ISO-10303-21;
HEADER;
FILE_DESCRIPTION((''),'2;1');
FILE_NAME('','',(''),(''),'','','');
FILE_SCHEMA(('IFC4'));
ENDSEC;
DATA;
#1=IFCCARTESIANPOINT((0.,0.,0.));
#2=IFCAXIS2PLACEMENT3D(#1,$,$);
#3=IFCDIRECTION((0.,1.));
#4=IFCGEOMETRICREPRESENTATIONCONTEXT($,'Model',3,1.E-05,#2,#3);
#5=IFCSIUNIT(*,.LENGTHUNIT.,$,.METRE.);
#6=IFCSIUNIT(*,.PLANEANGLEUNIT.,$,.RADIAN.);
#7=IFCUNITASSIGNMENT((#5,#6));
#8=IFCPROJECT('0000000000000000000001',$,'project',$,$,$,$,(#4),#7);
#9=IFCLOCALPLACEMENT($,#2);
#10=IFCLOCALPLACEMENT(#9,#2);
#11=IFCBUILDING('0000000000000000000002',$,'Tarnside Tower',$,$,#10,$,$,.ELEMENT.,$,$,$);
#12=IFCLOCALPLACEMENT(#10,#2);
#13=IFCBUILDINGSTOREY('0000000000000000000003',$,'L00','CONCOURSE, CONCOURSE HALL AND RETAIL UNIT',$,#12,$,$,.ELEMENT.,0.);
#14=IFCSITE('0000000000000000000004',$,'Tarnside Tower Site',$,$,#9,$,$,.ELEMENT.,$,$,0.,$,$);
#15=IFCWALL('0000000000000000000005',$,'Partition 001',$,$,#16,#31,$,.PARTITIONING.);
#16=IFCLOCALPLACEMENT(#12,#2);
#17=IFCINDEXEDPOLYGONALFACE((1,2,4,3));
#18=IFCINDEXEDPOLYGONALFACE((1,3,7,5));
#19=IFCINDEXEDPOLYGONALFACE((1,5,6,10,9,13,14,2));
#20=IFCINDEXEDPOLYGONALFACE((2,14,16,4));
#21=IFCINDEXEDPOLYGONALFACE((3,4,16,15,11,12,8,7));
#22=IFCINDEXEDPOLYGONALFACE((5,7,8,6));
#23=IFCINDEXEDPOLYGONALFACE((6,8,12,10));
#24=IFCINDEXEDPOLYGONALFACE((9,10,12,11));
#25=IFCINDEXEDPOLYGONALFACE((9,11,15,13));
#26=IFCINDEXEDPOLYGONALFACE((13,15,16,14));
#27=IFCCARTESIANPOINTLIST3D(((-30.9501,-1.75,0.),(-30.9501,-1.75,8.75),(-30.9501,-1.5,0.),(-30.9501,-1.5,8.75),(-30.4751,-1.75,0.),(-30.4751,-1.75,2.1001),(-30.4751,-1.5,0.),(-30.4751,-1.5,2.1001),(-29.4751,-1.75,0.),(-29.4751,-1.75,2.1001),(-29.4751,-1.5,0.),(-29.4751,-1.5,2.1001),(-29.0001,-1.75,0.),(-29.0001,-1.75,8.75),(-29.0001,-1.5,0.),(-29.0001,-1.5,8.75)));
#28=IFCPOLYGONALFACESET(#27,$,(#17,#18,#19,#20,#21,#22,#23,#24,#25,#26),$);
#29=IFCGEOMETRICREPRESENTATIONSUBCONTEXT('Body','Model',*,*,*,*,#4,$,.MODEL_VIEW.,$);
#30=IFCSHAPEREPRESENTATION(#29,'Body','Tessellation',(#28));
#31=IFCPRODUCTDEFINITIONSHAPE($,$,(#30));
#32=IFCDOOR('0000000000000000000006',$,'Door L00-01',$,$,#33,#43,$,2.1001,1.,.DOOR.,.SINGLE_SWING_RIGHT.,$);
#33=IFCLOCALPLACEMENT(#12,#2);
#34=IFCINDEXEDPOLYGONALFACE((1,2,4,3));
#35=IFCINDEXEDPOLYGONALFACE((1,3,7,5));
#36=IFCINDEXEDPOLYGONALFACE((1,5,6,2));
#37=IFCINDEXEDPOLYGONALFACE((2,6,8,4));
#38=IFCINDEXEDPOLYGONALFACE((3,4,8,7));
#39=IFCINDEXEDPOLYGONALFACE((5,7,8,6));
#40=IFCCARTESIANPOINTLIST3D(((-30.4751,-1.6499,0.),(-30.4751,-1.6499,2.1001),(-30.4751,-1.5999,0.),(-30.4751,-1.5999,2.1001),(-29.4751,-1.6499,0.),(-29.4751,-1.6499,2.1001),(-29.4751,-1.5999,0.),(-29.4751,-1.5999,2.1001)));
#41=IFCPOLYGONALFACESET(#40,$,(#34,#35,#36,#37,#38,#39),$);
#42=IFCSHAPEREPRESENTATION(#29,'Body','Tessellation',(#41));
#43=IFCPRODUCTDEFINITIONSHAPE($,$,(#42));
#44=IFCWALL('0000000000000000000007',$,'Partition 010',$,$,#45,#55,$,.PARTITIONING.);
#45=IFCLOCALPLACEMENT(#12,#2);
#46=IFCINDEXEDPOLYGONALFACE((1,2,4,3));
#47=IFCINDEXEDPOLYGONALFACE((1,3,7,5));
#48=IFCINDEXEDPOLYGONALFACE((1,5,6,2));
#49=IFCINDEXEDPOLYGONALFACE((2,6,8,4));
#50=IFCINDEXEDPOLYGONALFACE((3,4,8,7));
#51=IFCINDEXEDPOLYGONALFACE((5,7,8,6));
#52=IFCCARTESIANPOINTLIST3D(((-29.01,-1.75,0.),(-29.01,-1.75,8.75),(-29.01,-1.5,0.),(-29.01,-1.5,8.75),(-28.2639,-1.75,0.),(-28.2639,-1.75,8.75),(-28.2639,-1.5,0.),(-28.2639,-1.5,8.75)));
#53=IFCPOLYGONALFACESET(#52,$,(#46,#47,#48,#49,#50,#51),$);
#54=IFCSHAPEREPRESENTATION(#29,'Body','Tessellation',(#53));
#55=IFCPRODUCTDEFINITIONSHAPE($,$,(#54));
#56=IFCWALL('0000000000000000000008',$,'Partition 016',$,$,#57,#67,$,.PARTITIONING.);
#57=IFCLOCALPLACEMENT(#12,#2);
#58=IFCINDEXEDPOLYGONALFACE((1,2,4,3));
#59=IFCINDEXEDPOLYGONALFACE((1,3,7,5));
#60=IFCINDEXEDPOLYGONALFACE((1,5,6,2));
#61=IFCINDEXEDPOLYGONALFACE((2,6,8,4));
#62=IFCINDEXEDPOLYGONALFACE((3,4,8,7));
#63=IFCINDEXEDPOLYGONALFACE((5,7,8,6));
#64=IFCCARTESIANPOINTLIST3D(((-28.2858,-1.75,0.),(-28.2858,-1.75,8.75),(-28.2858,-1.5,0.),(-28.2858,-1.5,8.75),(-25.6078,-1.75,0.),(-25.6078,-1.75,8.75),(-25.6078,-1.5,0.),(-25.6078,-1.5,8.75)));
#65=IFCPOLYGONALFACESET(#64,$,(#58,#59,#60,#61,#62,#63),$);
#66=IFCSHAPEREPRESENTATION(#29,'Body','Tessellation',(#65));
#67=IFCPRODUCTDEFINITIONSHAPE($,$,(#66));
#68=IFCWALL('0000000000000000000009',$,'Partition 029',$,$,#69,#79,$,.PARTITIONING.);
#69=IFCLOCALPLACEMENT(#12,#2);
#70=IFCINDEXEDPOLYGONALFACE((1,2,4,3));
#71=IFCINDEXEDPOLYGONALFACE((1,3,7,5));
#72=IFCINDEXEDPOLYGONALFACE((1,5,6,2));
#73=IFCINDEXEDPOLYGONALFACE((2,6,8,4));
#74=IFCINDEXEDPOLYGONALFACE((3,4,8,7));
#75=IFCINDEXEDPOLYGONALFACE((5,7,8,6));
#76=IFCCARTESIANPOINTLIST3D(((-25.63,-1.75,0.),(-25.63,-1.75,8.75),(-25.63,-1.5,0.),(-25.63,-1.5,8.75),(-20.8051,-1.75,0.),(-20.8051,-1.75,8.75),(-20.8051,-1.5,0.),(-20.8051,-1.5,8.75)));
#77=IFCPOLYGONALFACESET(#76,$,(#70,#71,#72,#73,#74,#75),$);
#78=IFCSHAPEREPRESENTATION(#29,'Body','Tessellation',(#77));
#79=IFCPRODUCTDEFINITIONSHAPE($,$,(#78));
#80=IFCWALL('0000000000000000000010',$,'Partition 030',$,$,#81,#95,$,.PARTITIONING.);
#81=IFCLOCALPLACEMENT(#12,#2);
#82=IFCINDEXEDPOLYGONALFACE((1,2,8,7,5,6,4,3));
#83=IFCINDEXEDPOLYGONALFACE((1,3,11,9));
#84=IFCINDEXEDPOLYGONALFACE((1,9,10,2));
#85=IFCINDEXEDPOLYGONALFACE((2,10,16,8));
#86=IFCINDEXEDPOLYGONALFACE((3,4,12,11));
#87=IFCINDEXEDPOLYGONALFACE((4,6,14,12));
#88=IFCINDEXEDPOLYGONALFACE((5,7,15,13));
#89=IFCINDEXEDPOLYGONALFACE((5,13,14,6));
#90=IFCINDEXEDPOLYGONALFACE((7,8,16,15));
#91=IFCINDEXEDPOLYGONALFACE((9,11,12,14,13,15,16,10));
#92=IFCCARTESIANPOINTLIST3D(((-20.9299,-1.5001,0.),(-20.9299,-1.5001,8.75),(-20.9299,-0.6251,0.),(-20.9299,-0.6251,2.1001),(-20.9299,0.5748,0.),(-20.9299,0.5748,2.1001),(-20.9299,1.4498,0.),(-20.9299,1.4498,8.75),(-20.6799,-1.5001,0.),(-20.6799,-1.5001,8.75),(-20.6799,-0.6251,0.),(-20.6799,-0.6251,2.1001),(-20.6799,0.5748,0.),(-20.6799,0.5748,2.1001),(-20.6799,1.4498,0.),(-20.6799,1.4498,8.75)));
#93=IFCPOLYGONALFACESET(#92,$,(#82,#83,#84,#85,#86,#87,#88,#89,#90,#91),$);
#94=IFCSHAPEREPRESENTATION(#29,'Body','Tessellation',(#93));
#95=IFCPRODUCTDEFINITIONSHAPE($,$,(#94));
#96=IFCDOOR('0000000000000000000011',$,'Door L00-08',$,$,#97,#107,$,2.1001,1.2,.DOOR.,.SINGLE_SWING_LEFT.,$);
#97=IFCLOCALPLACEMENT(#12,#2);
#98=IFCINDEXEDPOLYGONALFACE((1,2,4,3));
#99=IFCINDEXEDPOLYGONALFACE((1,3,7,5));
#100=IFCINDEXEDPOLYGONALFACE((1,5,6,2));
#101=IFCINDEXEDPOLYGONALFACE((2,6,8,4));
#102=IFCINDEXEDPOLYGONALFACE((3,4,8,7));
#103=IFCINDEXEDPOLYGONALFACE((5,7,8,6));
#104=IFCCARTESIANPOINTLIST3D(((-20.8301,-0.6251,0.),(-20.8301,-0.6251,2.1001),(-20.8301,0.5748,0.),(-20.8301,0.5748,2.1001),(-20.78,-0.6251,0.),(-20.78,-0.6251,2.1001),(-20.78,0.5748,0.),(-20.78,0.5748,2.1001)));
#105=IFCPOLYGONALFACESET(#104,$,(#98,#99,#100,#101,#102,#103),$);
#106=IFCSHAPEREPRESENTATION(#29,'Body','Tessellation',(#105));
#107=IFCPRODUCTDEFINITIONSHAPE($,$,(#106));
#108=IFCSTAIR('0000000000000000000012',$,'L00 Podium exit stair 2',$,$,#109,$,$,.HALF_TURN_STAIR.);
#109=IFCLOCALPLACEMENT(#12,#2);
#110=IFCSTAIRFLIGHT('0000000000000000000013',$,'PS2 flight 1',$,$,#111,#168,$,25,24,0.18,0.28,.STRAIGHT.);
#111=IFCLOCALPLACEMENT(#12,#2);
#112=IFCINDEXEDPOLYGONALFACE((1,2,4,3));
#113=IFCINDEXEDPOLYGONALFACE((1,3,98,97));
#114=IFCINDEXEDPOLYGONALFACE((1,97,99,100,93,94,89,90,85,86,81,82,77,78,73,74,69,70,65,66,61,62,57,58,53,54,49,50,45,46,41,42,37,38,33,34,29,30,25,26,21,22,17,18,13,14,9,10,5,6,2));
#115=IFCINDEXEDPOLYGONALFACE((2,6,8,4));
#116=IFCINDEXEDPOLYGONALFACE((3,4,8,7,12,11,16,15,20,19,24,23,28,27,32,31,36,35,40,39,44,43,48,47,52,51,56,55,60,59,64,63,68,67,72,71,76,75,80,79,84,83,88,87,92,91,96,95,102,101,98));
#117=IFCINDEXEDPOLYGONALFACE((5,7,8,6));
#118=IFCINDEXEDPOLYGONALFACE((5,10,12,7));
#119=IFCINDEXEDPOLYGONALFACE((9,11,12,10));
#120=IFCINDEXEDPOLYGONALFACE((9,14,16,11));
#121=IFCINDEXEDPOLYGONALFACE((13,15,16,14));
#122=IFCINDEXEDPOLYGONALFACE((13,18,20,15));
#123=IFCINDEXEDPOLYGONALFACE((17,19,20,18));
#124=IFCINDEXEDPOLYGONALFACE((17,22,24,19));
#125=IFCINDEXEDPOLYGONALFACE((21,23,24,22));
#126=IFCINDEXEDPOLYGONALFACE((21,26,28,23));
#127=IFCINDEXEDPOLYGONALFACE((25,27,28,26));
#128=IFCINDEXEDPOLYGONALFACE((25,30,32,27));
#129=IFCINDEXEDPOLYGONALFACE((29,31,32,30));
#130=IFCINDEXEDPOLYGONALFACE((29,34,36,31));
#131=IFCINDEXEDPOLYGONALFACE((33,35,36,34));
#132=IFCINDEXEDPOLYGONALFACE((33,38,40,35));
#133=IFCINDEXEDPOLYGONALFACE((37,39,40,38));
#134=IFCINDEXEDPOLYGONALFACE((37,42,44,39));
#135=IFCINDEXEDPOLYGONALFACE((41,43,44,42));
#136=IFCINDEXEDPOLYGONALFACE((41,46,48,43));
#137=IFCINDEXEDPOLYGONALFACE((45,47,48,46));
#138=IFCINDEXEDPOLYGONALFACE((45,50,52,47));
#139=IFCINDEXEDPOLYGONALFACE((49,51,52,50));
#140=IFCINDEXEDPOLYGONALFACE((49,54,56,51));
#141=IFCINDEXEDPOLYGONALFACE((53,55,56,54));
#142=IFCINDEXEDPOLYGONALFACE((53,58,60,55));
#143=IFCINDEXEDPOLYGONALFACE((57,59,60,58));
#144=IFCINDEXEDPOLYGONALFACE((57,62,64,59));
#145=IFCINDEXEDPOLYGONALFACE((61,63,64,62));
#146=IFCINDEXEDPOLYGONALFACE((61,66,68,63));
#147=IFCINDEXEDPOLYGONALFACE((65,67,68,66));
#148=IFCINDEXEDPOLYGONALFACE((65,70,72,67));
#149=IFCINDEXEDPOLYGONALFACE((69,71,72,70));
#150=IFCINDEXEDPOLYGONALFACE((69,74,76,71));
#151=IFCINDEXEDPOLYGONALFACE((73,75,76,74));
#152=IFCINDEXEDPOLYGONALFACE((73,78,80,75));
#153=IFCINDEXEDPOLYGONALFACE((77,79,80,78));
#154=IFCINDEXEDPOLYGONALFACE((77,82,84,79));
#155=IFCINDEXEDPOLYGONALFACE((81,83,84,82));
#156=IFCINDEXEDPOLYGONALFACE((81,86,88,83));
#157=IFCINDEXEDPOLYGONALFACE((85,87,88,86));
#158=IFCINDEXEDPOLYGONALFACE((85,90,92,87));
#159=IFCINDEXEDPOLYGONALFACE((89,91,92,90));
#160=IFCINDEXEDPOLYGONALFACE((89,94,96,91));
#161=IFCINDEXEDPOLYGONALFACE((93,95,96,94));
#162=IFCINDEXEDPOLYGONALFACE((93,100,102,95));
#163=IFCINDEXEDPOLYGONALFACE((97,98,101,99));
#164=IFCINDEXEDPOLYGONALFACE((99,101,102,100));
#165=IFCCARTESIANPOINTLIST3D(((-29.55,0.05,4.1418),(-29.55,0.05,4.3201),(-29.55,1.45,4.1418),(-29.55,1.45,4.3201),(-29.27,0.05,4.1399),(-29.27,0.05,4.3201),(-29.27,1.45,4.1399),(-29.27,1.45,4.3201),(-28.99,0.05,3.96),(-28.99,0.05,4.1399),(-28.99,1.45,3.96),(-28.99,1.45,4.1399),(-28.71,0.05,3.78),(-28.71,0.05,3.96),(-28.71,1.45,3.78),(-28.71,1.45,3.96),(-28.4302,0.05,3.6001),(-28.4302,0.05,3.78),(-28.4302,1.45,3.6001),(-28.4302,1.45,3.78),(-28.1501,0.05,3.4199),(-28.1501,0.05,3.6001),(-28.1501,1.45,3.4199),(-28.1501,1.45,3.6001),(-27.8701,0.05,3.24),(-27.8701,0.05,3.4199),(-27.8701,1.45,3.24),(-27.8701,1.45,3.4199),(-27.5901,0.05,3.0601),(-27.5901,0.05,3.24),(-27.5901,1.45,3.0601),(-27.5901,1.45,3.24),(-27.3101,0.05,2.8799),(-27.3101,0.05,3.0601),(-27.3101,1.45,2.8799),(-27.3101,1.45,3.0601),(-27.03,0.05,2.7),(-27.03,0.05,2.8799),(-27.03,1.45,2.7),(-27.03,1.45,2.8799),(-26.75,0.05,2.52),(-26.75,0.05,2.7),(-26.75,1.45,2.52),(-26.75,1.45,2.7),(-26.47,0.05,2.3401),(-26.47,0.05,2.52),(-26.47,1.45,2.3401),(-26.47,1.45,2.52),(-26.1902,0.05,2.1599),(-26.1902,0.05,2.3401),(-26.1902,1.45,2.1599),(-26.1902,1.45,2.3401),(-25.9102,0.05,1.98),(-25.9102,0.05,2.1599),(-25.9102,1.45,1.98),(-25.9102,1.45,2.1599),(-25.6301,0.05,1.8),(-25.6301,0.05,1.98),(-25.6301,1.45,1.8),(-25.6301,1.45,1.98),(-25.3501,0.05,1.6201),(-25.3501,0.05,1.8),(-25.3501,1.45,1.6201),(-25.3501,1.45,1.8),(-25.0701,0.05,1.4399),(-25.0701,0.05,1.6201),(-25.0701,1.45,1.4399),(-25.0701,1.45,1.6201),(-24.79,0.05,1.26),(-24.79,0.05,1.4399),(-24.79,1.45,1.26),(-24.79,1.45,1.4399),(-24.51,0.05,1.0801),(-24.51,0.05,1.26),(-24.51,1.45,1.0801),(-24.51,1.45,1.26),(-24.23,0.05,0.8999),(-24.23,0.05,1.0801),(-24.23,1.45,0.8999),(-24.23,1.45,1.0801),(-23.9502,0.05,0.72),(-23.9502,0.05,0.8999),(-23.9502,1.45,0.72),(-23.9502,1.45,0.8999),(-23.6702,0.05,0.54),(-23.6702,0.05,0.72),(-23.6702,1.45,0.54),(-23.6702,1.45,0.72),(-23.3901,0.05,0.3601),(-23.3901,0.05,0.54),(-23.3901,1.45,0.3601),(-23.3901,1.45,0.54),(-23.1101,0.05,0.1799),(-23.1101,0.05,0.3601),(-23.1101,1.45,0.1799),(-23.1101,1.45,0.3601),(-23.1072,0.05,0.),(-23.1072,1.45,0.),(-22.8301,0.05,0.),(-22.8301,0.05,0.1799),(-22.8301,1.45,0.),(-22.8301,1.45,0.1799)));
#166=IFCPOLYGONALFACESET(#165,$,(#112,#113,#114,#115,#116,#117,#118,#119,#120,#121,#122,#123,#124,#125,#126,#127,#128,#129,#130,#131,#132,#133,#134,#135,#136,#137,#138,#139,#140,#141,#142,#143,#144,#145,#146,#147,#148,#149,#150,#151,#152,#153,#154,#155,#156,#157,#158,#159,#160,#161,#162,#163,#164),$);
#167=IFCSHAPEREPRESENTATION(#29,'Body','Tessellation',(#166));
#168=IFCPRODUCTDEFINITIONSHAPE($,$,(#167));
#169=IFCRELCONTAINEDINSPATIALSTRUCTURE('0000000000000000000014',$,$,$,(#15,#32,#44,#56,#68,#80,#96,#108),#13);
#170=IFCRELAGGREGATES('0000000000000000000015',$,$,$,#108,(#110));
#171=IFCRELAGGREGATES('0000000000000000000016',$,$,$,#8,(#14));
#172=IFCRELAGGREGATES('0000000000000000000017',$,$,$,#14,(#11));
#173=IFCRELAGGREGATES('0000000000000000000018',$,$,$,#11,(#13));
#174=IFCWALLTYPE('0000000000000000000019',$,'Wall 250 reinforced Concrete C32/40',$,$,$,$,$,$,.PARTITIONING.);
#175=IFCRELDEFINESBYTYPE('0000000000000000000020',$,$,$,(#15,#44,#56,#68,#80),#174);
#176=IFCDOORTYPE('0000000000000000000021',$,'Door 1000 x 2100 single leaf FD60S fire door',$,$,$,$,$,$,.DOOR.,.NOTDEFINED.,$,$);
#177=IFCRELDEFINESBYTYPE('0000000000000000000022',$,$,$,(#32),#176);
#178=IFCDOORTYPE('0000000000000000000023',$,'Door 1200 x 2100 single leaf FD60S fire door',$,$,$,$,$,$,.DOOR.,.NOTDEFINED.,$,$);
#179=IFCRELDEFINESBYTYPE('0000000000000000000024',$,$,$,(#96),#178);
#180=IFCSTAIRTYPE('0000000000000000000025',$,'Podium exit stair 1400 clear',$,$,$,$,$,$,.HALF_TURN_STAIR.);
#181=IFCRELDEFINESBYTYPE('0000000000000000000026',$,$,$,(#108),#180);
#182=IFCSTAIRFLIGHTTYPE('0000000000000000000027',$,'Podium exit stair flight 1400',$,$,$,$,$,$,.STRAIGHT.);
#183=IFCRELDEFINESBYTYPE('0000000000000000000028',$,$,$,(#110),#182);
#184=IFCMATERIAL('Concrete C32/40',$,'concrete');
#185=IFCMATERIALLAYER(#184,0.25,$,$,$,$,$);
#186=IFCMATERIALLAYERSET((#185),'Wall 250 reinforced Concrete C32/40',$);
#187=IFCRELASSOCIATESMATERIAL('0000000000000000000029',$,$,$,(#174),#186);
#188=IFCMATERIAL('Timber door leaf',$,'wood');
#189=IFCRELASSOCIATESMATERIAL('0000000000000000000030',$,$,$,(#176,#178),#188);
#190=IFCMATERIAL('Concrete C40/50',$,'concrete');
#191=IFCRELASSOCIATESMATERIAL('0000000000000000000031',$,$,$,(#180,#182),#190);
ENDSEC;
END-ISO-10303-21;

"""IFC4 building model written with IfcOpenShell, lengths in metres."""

from ifc_helpers import new_model, si_unit, direction, frame, frame_2d, origin, place, context, subcontext, project, spatial, polyline, rectangle, outline, extrude, material, layer, layer_set, type_object, element, fill, aggregate, save


model = new_model("IFC4")

# Units and contexts
model_context = context("Model", 3, precision=1e-05, world=origin(), true_north=direction((0.0, 1.0)))
body_context = subcontext(model_context, "Body", "Model", "MODEL_VIEW")
ifc_project = project(units=[si_unit("LENGTHUNIT", "METRE"), si_unit("PLANEANGLEUNIT", "RADIAN")], contexts=[model_context])

# Site, building, storey
site_placement = place(None, origin())
site = spatial("IfcSite", under=ifc_project, at=site_placement, Name="Tarnside Tower Site", CompositionType="ELEMENT", RefElevation=0.0)
building_placement = place(site_placement, origin())
building = spatial("IfcBuilding", under=site, at=building_placement, Name="Tarnside Tower", CompositionType="ELEMENT")
storey_placement = place(building_placement, origin())
storey = spatial("IfcBuildingStorey", under=building, at=storey_placement, Name="L00", Description="CONCOURSE, CONCOURSE HALL AND RETAIL UNIT", CompositionType="ELEMENT", Elevation=0.0)

# Shared definitions
ifc_material_1 = material(Name="Timber door leaf", Category="wood")

# Wall, opening, door
ifc_material_2 = material(Name="Concrete C32/40", Category="concrete")
ifc_layer_1 = layer(ifc_material_2, 0.25)
ifc_layer_set_1 = layer_set([ifc_layer_1], Name="Wall 250 reinforced Concrete C32/40")
wall_type_1 = type_object("IfcWallType", Name="Wall 250 reinforced Concrete C32/40", PredefinedType="PARTITIONING", material=ifc_layer_set_1)
wall_1_placement = place(storey_placement, frame((-29.0, -1.625, 0.0), z_axis=(0.0, 0.0, 1.0), x_axis=(-1.0, 0.0, 0.0)))
wall_1 = element("IfcWall", 1, at=wall_1_placement, inside=storey, type_object=wall_type_1, Name="Partition 001", PredefinedType="PARTITIONING", context=body_context, shape_type="SweptSolid", body=[
    extrude(rectangle(XDim=1.95, YDim=0.25, at=frame_2d((0.9751, 0.0))), origin(), (0.0, 0.0, 1.0), 8.75),
])
opening_1_placement = place(wall_1_placement, frame((0.4751, 0.0, 0.0)))
opening_1 = element("IfcOpeningElement", 2, at=opening_1_placement, cuts=wall_1, PredefinedType="OPENING", context=body_context, shape_type="SweptSolid", body=[
    extrude(rectangle(XDim=1.0, YDim=2.1001, at=frame_2d((0.5, 1.05))), frame((0.0, 0.135, 0.0), z_axis=(0.0, -1.0, 0.0), x_axis=(1.0, 0.0, 0.0)), (0.0, 0.0, 1.0), 0.27),
])
door_type_1 = type_object("IfcDoorType", Name="Door 1000 x 2100 single leaf FD60S fire door", OperationType="NOTDEFINED", PredefinedType="DOOR", material=ifc_material_1)
door_1_placement = place(opening_1_placement, origin())
door_1 = element("IfcDoor", 3, at=door_1_placement, inside=storey, type_object=door_type_1, Name="Door L00-01", OperationType="SINGLE_SWING_RIGHT", OverallHeight=2.1001, OverallWidth=1.0, PredefinedType="DOOR", context=body_context, shape_type="SweptSolid", body=[
    extrude(rectangle(XDim=1.0, YDim=2.1001, at=frame_2d((0.5, 1.05))), frame((0.0, 0.0249, 0.0), z_axis=(0.0, -1.0, 0.0), x_axis=(1.0, 0.0, 0.0)), (0.0, 0.0, 1.0), 0.05),
])
fill(opening_1, door_1)

# Walls
wall_2_placement = place(storey_placement, frame((-28.2639, -1.625, 0.0), z_axis=(0.0, 0.0, 1.0), x_axis=(-1.0, 0.0, 0.0)))
element("IfcWall", 4, at=wall_2_placement, inside=storey, type_object=wall_type_1, Name="Partition 010", PredefinedType="PARTITIONING", context=body_context, shape_type="SweptSolid", body=[
    extrude(rectangle(XDim=0.7461, YDim=0.25, at=frame_2d((0.373, 0.0))), origin(), (0.0, 0.0, 1.0), 8.75),
])
wall_3_placement = place(storey_placement, frame((-25.6079, -1.625, 0.0), z_axis=(0.0, 0.0, 1.0), x_axis=(-1.0, 0.0, 0.0)))
element("IfcWall", 5, at=wall_3_placement, inside=storey, type_object=wall_type_1, Name="Partition 016", PredefinedType="PARTITIONING", context=body_context, shape_type="SweptSolid", body=[
    extrude(rectangle(XDim=2.678, YDim=0.25, at=frame_2d((1.3389, 0.0))), origin(), (0.0, 0.0, 1.0), 8.75),
])
wall_4_placement = place(storey_placement, frame((-20.8049, -1.625, 0.0), z_axis=(0.0, 0.0, 1.0), x_axis=(-1.0, 0.0, 0.0)))
element("IfcWall", 6, at=wall_4_placement, inside=storey, type_object=wall_type_1, Name="Partition 029", PredefinedType="PARTITIONING", context=body_context, shape_type="SweptSolid", body=[
    extrude(rectangle(XDim=4.825, YDim=0.25, at=frame_2d((2.4126, 0.0))), origin(), (0.0, 0.0, 1.0), 8.75),
])

# Wall, opening, door
wall_5_placement = place(storey_placement, frame((-20.8049, 1.45, 0.0), z_axis=(0.0, 0.0, 1.0), x_axis=(0.0, -1.0, 0.0)))
wall_5 = element("IfcWall", 7, at=wall_5_placement, inside=storey, type_object=wall_type_1, Name="Partition 030", PredefinedType="PARTITIONING", context=body_context, shape_type="SweptSolid", body=[
    extrude(rectangle(XDim=2.95, YDim=0.25, at=frame_2d((1.4751, 0.0))), origin(), (0.0, 0.0, 1.0), 8.75),
])
opening_2_placement = place(wall_5_placement, frame((0.875, 0.0, 0.0)))
opening_2 = element("IfcOpeningElement", 8, at=opening_2_placement, cuts=wall_5, PredefinedType="OPENING", context=body_context, shape_type="SweptSolid", body=[
    extrude(rectangle(XDim=1.2, YDim=2.1001, at=frame_2d((0.6001, 1.05))), frame((0.0, 0.135, 0.0), z_axis=(0.0, -1.0, 0.0), x_axis=(1.0, 0.0, 0.0)), (0.0, 0.0, 1.0), 0.27),
])
door_type_2 = type_object("IfcDoorType", Name="Door 1200 x 2100 single leaf FD60S fire door", OperationType="NOTDEFINED", PredefinedType="DOOR", material=ifc_material_1)
door_2_placement = place(opening_2_placement, origin())
door_2 = element("IfcDoor", 9, at=door_2_placement, inside=storey, type_object=door_type_2, Name="Door L00-08", OperationType="SINGLE_SWING_LEFT", OverallHeight=2.1001, OverallWidth=1.2, PredefinedType="DOOR", context=body_context, shape_type="SweptSolid", body=[
    extrude(rectangle(XDim=1.2, YDim=2.1001, at=frame_2d((0.6001, 1.05))), frame((0.0, 0.0249, 0.0), z_axis=(0.0, -1.0, 0.0), x_axis=(1.0, 0.0, 0.0)), (0.0, 0.0, 1.0), 0.05),
])
fill(opening_2, door_2)

# Stair, stair flight
ifc_material_3 = material(Name="Concrete C40/50", Category="concrete")
stair_type = type_object("IfcStairType", Name="Podium exit stair 1400 clear", PredefinedType="HALF_TURN_STAIR", material=ifc_material_3)
stair_placement = place(storey_placement, origin())
stair = element("IfcStair", 10, at=stair_placement, inside=storey, type_object=stair_type, Name="L00 Podium exit stair 2", PredefinedType="HALF_TURN_STAIR")
stair_flight_type = type_object("IfcStairFlightType", Name="Podium exit stair flight 1400", PredefinedType="STRAIGHT", material=ifc_material_3)
stair_flight_placement = place(storey_placement, frame((-22.8301, 0.75, 0.0), z_axis=(0.0, 0.0, 1.0), x_axis=(-1.0, 0.0, 0.0)))
stair_flight = element("IfcStairFlight", 11, at=stair_flight_placement, type_object=stair_flight_type, Name="PS2 flight 1", NumberOfRisers=25, NumberOfTreads=24, PredefinedType="STRAIGHT", RiserHeight=0.18, TreadLength=0.28, context=body_context, shape_type="SweptSolid", body=[
    extrude(outline(polyline([(0.0, 0.0), (0.0, 0.1799), (0.28, 0.1799), (0.28, 0.3601), (0.5601, 0.3601), (0.5601, 0.54), (0.8401, 0.54), (0.8401, 0.72), (1.1201, 0.72), (1.1201, 0.8999), (1.3999, 0.8999), (1.3999, 1.0801), (1.6799, 1.0801), (1.6799, 1.26), (1.96, 1.26), (1.96, 1.4399), (2.24, 1.4399), (2.24, 1.6201), (2.52, 1.6201), (2.52, 1.8), (2.8, 1.8), (2.8, 1.98), (3.0801, 1.98), (3.0801, 2.1599), (3.3601, 2.1599), (3.3601, 2.3401), (3.6399, 2.3401), (3.6399, 2.52), (3.9199, 2.52), (3.9199, 2.7), (4.2, 2.7), (4.2, 2.8799), (4.48, 2.8799), (4.48, 3.0601), (4.76, 3.0601), (4.76, 3.24), (5.04, 3.24), (5.04, 3.4199), (5.3201, 3.4199), (5.3201, 3.6001), (5.6001, 3.6001), (5.6001, 3.78), (5.8799, 3.78), (5.8799, 3.96), (6.1599, 3.96), (6.1599, 4.1399), (6.4399, 4.1399), (6.4399, 4.3201), (6.72, 4.3201), (6.72, 4.5), (6.72, 4.1418), (0.2771, 0.0), (0.0, 0.0)])), frame((0.0, 0.7, 0.0), z_axis=(0.0, -1.0, 0.0), x_axis=(1.0, 0.0, 0.0)), (0.0, 0.0, 1.0), 1.3999),
])
aggregate(stair, [stair_flight])

save(model, "model.ifc")
